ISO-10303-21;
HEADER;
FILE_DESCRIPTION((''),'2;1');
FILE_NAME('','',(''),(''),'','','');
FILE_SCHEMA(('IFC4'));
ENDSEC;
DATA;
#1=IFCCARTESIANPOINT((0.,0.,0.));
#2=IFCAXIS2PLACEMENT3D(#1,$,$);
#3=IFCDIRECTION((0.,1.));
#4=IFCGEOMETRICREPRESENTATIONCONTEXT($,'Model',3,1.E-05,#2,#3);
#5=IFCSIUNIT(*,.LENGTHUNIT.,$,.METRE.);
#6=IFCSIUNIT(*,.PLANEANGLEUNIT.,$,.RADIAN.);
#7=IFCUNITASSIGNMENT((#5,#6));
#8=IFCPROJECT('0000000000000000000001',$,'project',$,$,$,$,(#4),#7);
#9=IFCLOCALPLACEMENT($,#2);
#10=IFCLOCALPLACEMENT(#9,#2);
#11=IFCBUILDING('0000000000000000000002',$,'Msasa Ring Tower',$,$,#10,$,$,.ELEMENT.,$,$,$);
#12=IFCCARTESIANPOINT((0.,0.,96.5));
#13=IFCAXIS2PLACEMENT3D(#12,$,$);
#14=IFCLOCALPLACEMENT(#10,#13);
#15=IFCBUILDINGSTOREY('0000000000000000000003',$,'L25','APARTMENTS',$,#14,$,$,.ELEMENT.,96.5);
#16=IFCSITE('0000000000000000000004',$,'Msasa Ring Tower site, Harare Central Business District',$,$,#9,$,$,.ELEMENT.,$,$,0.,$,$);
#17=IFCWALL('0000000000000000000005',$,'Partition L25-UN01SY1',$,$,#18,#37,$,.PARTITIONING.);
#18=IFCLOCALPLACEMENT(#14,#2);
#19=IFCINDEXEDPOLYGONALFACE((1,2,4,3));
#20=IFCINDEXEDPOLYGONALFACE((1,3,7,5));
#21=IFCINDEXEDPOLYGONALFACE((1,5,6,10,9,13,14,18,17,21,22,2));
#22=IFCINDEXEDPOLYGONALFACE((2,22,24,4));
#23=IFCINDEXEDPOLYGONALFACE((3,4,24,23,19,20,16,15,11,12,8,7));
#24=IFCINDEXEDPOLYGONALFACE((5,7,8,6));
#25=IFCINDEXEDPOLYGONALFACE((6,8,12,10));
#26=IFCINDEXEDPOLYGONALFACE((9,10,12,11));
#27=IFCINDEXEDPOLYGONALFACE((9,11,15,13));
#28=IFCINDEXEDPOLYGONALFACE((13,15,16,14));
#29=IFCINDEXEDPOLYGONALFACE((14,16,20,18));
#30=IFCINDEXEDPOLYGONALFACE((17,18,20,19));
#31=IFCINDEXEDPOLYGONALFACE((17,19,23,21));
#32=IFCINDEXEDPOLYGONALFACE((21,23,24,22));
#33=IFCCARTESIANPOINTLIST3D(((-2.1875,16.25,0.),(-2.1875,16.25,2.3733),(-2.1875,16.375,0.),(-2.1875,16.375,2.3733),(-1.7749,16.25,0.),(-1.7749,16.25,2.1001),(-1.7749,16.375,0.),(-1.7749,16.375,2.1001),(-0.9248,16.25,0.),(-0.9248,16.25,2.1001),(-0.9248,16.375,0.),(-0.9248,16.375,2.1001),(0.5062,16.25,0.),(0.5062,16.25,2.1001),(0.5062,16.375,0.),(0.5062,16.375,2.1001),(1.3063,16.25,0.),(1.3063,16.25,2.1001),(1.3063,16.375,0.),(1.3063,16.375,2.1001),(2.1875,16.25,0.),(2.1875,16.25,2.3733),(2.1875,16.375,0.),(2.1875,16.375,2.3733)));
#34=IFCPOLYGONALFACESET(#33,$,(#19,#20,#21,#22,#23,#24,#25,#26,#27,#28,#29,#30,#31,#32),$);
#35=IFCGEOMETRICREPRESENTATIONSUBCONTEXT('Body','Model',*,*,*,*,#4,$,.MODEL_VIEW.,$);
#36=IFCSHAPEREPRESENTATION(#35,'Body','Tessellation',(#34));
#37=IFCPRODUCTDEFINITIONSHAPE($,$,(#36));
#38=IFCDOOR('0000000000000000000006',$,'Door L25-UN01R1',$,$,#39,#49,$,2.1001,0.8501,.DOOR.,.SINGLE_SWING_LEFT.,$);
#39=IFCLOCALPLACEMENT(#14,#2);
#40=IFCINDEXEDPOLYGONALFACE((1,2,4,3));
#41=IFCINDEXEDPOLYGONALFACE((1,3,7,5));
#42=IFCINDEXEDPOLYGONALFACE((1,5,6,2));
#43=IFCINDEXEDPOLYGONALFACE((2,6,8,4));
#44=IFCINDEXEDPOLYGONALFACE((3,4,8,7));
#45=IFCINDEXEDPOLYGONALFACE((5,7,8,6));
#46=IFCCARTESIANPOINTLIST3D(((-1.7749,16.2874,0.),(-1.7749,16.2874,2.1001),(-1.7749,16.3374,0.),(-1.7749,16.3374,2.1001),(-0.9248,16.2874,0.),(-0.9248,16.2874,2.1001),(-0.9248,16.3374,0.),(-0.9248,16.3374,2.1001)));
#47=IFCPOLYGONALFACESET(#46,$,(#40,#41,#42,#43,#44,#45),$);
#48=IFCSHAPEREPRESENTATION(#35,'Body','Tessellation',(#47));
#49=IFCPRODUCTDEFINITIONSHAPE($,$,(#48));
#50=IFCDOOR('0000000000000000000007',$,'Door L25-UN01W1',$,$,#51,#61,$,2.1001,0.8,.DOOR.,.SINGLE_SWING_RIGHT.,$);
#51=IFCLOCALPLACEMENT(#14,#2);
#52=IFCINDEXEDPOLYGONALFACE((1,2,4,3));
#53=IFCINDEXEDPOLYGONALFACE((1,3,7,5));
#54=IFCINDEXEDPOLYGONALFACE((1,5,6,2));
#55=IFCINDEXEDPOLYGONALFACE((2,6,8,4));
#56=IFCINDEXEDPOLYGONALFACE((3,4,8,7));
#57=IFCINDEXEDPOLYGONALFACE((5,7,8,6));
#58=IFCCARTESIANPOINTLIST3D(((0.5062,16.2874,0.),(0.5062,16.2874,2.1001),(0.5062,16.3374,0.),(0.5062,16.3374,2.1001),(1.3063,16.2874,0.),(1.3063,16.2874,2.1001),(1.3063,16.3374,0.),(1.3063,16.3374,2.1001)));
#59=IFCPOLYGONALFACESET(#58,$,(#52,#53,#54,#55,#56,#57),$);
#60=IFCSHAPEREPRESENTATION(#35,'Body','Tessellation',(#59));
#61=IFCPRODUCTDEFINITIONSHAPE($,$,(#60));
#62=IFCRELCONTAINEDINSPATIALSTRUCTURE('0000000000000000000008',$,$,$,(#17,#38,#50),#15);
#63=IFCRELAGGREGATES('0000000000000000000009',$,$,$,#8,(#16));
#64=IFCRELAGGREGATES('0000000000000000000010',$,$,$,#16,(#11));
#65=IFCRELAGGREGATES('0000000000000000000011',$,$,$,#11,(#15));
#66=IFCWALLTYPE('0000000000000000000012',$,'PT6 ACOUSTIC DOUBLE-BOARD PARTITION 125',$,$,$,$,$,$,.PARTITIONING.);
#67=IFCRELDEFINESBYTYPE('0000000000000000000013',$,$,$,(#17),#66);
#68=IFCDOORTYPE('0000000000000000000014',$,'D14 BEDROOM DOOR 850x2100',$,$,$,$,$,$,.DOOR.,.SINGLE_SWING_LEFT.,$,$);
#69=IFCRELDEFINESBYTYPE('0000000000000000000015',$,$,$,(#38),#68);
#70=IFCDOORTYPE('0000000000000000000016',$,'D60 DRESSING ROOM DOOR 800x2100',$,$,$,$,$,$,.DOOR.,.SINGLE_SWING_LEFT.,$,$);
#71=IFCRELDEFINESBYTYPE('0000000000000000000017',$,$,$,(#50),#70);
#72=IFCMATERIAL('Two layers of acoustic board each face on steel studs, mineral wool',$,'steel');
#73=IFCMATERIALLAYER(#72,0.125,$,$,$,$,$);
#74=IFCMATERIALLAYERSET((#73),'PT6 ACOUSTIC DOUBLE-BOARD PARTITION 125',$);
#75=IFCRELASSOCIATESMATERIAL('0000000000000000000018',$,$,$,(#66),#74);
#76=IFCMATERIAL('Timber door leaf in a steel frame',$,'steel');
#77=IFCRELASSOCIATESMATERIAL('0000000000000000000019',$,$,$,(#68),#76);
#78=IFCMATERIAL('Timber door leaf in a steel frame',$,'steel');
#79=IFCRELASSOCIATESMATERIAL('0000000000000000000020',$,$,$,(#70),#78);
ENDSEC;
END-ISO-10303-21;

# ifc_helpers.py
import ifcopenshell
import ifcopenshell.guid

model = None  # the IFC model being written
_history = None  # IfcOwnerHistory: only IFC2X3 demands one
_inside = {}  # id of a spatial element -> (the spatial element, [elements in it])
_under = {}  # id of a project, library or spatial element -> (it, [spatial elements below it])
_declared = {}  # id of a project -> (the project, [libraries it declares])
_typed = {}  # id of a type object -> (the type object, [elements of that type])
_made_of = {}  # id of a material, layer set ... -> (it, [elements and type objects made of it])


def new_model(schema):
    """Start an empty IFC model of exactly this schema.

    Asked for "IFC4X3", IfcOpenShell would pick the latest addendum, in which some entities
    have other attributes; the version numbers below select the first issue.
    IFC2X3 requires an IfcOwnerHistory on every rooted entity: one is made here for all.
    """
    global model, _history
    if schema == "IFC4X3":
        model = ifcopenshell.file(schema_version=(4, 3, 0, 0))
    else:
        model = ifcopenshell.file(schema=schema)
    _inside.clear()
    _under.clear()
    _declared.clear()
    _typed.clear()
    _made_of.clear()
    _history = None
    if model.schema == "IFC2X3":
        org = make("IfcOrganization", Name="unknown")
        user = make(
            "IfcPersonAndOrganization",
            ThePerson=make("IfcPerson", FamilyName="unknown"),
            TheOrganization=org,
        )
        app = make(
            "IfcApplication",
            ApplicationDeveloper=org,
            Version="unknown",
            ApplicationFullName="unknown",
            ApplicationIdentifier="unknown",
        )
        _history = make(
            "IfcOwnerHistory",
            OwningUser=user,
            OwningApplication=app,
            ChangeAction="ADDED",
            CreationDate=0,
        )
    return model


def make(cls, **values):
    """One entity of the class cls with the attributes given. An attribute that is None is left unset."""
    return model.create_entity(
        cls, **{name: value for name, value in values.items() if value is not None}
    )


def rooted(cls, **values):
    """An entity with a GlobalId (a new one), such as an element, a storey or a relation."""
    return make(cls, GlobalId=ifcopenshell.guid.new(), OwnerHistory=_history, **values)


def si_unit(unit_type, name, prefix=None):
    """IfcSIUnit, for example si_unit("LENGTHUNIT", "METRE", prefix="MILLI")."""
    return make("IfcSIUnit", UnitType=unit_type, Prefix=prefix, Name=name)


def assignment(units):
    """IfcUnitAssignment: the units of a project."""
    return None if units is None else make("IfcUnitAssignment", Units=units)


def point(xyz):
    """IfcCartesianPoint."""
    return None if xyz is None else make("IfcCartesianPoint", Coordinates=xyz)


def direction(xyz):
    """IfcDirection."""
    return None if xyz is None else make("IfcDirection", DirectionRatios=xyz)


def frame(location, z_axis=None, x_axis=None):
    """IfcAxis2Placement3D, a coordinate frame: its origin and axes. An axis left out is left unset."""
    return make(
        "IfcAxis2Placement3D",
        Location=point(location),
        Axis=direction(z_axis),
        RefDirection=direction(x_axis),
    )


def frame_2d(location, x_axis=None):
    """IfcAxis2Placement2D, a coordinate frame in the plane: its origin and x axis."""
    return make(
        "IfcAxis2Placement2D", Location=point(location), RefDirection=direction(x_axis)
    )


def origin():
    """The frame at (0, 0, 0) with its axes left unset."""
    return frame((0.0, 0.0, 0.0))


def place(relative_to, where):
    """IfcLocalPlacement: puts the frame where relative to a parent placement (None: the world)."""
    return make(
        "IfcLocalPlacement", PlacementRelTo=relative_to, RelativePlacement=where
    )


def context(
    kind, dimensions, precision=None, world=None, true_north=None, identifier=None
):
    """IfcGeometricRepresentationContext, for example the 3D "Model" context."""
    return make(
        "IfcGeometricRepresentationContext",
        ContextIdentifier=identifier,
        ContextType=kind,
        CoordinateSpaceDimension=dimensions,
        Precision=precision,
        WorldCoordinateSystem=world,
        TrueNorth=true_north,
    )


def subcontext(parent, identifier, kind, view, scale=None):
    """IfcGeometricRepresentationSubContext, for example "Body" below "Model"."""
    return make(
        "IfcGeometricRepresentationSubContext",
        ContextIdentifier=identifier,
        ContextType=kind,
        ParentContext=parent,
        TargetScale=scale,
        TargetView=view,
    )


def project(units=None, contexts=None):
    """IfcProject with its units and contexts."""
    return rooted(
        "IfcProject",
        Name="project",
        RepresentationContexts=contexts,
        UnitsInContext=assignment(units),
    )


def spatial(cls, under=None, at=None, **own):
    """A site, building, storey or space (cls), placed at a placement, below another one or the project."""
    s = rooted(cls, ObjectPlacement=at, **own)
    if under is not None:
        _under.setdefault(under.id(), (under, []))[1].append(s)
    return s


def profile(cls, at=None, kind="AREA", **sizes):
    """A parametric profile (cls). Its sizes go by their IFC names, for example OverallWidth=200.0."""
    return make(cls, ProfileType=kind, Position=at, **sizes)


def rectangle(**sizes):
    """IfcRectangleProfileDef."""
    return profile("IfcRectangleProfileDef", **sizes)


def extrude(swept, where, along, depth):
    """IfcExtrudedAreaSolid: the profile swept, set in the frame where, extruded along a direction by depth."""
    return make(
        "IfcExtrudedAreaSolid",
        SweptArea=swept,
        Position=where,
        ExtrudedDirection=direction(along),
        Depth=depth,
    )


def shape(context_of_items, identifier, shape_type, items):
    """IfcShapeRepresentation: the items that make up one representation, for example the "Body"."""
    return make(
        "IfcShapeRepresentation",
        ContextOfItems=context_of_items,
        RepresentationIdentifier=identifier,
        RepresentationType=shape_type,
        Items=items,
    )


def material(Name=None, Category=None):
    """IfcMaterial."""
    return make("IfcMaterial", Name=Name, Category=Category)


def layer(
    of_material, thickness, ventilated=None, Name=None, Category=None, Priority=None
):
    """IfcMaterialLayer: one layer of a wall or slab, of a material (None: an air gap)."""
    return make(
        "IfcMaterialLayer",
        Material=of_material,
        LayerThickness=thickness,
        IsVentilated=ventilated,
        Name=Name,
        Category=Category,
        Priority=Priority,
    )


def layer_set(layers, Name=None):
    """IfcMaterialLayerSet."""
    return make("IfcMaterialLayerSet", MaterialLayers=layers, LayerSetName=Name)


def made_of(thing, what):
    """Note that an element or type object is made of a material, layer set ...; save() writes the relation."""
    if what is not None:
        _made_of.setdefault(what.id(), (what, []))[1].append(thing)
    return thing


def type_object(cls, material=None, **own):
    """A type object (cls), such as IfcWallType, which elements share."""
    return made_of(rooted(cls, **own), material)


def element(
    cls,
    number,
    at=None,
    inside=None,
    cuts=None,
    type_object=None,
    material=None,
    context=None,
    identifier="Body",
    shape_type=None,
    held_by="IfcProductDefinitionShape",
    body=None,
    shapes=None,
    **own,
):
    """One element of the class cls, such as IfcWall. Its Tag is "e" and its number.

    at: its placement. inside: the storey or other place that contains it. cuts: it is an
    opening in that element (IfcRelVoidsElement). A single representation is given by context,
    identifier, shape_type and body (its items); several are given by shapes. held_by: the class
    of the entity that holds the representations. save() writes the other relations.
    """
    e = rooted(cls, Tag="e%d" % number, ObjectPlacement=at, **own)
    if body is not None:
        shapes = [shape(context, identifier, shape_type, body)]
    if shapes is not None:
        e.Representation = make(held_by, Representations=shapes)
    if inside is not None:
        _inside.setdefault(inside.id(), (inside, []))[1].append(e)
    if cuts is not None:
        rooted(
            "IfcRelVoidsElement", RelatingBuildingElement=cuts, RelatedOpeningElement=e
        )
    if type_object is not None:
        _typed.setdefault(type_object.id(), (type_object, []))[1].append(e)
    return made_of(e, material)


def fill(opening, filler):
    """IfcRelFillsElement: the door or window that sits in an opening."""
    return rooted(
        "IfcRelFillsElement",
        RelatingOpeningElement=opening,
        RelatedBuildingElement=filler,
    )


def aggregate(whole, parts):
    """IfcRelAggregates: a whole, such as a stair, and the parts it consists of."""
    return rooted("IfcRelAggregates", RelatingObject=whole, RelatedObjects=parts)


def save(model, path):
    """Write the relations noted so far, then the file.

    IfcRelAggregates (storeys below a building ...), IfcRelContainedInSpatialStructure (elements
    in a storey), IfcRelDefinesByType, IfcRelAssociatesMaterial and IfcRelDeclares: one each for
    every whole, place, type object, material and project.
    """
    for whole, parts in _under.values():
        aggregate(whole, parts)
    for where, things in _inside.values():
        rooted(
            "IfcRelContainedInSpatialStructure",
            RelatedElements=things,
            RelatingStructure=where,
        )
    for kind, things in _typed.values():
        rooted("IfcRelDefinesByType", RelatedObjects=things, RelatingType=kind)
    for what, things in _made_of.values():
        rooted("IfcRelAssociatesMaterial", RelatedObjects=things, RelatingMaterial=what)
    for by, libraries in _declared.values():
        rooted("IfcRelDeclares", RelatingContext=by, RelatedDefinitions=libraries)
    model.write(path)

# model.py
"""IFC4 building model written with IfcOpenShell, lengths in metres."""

from ifc_helpers import new_model, si_unit, direction, frame, frame_2d, origin, place, context, subcontext, project, spatial, rectangle, extrude, material, layer, layer_set, type_object, element, fill, save


model = new_model("IFC4")

# Units and contexts
model_context = context("Model", 3, precision=1e-05, world=origin(), true_north=direction((0.0, 1.0)))
body_context = subcontext(model_context, "Body", "Model", "MODEL_VIEW")
ifc_project = project(units=[si_unit("LENGTHUNIT", "METRE"), si_unit("PLANEANGLEUNIT", "RADIAN")], contexts=[model_context])

# Site, building, storey
site_placement = place(None, origin())
site = spatial("IfcSite", under=ifc_project, at=site_placement, Name="Msasa Ring Tower site, Harare Central Business District", CompositionType="ELEMENT", RefElevation=0.0)
building_placement = place(site_placement, origin())
building = spatial("IfcBuilding", under=site, at=building_placement, Name="Msasa Ring Tower", CompositionType="ELEMENT")
storey_placement = place(building_placement, frame((0.0, 0.0, 96.5)))
storey = spatial("IfcBuildingStorey", under=building, at=storey_placement, Name="L25", Description="APARTMENTS", CompositionType="ELEMENT", Elevation=96.5)

# Shared definitions
ifc_material_1 = material(Name="Two layers of acoustic board each face on steel studs, mineral wool", Category="steel")
ifc_layer_1 = layer(ifc_material_1, 0.125)
ifc_layer_set_1 = layer_set([ifc_layer_1], Name="PT6 ACOUSTIC DOUBLE-BOARD PARTITION 125")
wall_type_1 = type_object("IfcWallType", Name="PT6 ACOUSTIC DOUBLE-BOARD PARTITION 125", PredefinedType="PARTITIONING", material=ifc_layer_set_1)

# Wall, openings, doors
wall_1_placement = place(storey_placement, frame((-2.1875, 16.3125, 0.0), z_axis=(0.0, 0.0, 1.0), x_axis=(1.0, 0.0, 0.0)))
wall_1 = element("IfcWall", 1, at=wall_1_placement, inside=storey, type_object=wall_type_1, Name="Partition L25-UN01SY1", PredefinedType="PARTITIONING", context=body_context, shape_type="SweptSolid", body=[
    extrude(rectangle(XDim=4.375, YDim=0.125, at=frame_2d((2.1875, 0.0))), origin(), (0.0, 0.0, 1.0), 2.3733),
])
opening_1_placement = place(wall_1_placement, frame((0.4126, 0.0, 0.0)))
opening_1 = element("IfcOpeningElement", 2, at=opening_1_placement, cuts=wall_1, PredefinedType="OPENING", context=body_context, shape_type="SweptSolid", body=[
    extrude(rectangle(XDim=0.8501, YDim=2.1001, at=frame_2d((0.425, 1.05))), frame((0.0, 0.0725, 0.0), z_axis=(0.0, -1.0, 0.0), x_axis=(1.0, 0.0, 0.0)), (0.0, 0.0, 1.0), 0.145),
])
opening_2_placement = place(wall_1_placement, frame((2.6938, 0.0, 0.0)))
opening_2 = element("IfcOpeningElement", 3, at=opening_2_placement, cuts=wall_1, PredefinedType="OPENING", context=body_context, shape_type="SweptSolid", body=[
    extrude(rectangle(XDim=0.8, YDim=2.1001, at=frame_2d((0.3999, 1.05))), frame((0.0, 0.0725, 0.0), z_axis=(0.0, -1.0, 0.0), x_axis=(1.0, 0.0, 0.0)), (0.0, 0.0, 1.0), 0.145),
])
ifc_material_2 = material(Name="Timber door leaf in a steel frame", Category="steel")
door_type_1 = type_object("IfcDoorType", Name="D14 BEDROOM DOOR 850x2100", OperationType="SINGLE_SWING_LEFT", PredefinedType="DOOR", material=ifc_material_2)
door_1_placement = place(opening_1_placement, origin())
door_1 = element("IfcDoor", 4, at=door_1_placement, inside=storey, type_object=door_type_1, Name="Door L25-UN01R1", OperationType="SINGLE_SWING_LEFT", OverallHeight=2.1001, OverallWidth=0.8501, PredefinedType="DOOR", context=body_context, shape_type="SweptSolid", body=[
    extrude(rectangle(XDim=0.8501, YDim=2.1001, at=frame_2d((0.425, 1.05))), frame((0.0, 0.0249, 0.0), z_axis=(0.0, -1.0, 0.0), x_axis=(1.0, 0.0, 0.0)), (0.0, 0.0, 1.0), 0.05),
])
fill(opening_1, door_1)
ifc_material_3 = material(Name="Timber door leaf in a steel frame", Category="steel")
door_type_2 = type_object("IfcDoorType", Name="D60 DRESSING ROOM DOOR 800x2100", OperationType="SINGLE_SWING_LEFT", PredefinedType="DOOR", material=ifc_material_3)
door_2_placement = place(opening_2_placement, origin())
door_2 = element("IfcDoor", 5, at=door_2_placement, inside=storey, type_object=door_type_2, Name="Door L25-UN01W1", OperationType="SINGLE_SWING_RIGHT", OverallHeight=2.1001, OverallWidth=0.8, PredefinedType="DOOR", context=body_context, shape_type="SweptSolid", body=[
    extrude(rectangle(XDim=0.8, YDim=2.1001, at=frame_2d((0.3999, 1.05))), frame((0.0, 0.0249, 0.0), z_axis=(0.0, -1.0, 0.0), x_axis=(1.0, 0.0, 0.0)), (0.0, 0.0, 1.0), 0.05),
])
fill(opening_2, door_2)

save(model, "model.ifc")
